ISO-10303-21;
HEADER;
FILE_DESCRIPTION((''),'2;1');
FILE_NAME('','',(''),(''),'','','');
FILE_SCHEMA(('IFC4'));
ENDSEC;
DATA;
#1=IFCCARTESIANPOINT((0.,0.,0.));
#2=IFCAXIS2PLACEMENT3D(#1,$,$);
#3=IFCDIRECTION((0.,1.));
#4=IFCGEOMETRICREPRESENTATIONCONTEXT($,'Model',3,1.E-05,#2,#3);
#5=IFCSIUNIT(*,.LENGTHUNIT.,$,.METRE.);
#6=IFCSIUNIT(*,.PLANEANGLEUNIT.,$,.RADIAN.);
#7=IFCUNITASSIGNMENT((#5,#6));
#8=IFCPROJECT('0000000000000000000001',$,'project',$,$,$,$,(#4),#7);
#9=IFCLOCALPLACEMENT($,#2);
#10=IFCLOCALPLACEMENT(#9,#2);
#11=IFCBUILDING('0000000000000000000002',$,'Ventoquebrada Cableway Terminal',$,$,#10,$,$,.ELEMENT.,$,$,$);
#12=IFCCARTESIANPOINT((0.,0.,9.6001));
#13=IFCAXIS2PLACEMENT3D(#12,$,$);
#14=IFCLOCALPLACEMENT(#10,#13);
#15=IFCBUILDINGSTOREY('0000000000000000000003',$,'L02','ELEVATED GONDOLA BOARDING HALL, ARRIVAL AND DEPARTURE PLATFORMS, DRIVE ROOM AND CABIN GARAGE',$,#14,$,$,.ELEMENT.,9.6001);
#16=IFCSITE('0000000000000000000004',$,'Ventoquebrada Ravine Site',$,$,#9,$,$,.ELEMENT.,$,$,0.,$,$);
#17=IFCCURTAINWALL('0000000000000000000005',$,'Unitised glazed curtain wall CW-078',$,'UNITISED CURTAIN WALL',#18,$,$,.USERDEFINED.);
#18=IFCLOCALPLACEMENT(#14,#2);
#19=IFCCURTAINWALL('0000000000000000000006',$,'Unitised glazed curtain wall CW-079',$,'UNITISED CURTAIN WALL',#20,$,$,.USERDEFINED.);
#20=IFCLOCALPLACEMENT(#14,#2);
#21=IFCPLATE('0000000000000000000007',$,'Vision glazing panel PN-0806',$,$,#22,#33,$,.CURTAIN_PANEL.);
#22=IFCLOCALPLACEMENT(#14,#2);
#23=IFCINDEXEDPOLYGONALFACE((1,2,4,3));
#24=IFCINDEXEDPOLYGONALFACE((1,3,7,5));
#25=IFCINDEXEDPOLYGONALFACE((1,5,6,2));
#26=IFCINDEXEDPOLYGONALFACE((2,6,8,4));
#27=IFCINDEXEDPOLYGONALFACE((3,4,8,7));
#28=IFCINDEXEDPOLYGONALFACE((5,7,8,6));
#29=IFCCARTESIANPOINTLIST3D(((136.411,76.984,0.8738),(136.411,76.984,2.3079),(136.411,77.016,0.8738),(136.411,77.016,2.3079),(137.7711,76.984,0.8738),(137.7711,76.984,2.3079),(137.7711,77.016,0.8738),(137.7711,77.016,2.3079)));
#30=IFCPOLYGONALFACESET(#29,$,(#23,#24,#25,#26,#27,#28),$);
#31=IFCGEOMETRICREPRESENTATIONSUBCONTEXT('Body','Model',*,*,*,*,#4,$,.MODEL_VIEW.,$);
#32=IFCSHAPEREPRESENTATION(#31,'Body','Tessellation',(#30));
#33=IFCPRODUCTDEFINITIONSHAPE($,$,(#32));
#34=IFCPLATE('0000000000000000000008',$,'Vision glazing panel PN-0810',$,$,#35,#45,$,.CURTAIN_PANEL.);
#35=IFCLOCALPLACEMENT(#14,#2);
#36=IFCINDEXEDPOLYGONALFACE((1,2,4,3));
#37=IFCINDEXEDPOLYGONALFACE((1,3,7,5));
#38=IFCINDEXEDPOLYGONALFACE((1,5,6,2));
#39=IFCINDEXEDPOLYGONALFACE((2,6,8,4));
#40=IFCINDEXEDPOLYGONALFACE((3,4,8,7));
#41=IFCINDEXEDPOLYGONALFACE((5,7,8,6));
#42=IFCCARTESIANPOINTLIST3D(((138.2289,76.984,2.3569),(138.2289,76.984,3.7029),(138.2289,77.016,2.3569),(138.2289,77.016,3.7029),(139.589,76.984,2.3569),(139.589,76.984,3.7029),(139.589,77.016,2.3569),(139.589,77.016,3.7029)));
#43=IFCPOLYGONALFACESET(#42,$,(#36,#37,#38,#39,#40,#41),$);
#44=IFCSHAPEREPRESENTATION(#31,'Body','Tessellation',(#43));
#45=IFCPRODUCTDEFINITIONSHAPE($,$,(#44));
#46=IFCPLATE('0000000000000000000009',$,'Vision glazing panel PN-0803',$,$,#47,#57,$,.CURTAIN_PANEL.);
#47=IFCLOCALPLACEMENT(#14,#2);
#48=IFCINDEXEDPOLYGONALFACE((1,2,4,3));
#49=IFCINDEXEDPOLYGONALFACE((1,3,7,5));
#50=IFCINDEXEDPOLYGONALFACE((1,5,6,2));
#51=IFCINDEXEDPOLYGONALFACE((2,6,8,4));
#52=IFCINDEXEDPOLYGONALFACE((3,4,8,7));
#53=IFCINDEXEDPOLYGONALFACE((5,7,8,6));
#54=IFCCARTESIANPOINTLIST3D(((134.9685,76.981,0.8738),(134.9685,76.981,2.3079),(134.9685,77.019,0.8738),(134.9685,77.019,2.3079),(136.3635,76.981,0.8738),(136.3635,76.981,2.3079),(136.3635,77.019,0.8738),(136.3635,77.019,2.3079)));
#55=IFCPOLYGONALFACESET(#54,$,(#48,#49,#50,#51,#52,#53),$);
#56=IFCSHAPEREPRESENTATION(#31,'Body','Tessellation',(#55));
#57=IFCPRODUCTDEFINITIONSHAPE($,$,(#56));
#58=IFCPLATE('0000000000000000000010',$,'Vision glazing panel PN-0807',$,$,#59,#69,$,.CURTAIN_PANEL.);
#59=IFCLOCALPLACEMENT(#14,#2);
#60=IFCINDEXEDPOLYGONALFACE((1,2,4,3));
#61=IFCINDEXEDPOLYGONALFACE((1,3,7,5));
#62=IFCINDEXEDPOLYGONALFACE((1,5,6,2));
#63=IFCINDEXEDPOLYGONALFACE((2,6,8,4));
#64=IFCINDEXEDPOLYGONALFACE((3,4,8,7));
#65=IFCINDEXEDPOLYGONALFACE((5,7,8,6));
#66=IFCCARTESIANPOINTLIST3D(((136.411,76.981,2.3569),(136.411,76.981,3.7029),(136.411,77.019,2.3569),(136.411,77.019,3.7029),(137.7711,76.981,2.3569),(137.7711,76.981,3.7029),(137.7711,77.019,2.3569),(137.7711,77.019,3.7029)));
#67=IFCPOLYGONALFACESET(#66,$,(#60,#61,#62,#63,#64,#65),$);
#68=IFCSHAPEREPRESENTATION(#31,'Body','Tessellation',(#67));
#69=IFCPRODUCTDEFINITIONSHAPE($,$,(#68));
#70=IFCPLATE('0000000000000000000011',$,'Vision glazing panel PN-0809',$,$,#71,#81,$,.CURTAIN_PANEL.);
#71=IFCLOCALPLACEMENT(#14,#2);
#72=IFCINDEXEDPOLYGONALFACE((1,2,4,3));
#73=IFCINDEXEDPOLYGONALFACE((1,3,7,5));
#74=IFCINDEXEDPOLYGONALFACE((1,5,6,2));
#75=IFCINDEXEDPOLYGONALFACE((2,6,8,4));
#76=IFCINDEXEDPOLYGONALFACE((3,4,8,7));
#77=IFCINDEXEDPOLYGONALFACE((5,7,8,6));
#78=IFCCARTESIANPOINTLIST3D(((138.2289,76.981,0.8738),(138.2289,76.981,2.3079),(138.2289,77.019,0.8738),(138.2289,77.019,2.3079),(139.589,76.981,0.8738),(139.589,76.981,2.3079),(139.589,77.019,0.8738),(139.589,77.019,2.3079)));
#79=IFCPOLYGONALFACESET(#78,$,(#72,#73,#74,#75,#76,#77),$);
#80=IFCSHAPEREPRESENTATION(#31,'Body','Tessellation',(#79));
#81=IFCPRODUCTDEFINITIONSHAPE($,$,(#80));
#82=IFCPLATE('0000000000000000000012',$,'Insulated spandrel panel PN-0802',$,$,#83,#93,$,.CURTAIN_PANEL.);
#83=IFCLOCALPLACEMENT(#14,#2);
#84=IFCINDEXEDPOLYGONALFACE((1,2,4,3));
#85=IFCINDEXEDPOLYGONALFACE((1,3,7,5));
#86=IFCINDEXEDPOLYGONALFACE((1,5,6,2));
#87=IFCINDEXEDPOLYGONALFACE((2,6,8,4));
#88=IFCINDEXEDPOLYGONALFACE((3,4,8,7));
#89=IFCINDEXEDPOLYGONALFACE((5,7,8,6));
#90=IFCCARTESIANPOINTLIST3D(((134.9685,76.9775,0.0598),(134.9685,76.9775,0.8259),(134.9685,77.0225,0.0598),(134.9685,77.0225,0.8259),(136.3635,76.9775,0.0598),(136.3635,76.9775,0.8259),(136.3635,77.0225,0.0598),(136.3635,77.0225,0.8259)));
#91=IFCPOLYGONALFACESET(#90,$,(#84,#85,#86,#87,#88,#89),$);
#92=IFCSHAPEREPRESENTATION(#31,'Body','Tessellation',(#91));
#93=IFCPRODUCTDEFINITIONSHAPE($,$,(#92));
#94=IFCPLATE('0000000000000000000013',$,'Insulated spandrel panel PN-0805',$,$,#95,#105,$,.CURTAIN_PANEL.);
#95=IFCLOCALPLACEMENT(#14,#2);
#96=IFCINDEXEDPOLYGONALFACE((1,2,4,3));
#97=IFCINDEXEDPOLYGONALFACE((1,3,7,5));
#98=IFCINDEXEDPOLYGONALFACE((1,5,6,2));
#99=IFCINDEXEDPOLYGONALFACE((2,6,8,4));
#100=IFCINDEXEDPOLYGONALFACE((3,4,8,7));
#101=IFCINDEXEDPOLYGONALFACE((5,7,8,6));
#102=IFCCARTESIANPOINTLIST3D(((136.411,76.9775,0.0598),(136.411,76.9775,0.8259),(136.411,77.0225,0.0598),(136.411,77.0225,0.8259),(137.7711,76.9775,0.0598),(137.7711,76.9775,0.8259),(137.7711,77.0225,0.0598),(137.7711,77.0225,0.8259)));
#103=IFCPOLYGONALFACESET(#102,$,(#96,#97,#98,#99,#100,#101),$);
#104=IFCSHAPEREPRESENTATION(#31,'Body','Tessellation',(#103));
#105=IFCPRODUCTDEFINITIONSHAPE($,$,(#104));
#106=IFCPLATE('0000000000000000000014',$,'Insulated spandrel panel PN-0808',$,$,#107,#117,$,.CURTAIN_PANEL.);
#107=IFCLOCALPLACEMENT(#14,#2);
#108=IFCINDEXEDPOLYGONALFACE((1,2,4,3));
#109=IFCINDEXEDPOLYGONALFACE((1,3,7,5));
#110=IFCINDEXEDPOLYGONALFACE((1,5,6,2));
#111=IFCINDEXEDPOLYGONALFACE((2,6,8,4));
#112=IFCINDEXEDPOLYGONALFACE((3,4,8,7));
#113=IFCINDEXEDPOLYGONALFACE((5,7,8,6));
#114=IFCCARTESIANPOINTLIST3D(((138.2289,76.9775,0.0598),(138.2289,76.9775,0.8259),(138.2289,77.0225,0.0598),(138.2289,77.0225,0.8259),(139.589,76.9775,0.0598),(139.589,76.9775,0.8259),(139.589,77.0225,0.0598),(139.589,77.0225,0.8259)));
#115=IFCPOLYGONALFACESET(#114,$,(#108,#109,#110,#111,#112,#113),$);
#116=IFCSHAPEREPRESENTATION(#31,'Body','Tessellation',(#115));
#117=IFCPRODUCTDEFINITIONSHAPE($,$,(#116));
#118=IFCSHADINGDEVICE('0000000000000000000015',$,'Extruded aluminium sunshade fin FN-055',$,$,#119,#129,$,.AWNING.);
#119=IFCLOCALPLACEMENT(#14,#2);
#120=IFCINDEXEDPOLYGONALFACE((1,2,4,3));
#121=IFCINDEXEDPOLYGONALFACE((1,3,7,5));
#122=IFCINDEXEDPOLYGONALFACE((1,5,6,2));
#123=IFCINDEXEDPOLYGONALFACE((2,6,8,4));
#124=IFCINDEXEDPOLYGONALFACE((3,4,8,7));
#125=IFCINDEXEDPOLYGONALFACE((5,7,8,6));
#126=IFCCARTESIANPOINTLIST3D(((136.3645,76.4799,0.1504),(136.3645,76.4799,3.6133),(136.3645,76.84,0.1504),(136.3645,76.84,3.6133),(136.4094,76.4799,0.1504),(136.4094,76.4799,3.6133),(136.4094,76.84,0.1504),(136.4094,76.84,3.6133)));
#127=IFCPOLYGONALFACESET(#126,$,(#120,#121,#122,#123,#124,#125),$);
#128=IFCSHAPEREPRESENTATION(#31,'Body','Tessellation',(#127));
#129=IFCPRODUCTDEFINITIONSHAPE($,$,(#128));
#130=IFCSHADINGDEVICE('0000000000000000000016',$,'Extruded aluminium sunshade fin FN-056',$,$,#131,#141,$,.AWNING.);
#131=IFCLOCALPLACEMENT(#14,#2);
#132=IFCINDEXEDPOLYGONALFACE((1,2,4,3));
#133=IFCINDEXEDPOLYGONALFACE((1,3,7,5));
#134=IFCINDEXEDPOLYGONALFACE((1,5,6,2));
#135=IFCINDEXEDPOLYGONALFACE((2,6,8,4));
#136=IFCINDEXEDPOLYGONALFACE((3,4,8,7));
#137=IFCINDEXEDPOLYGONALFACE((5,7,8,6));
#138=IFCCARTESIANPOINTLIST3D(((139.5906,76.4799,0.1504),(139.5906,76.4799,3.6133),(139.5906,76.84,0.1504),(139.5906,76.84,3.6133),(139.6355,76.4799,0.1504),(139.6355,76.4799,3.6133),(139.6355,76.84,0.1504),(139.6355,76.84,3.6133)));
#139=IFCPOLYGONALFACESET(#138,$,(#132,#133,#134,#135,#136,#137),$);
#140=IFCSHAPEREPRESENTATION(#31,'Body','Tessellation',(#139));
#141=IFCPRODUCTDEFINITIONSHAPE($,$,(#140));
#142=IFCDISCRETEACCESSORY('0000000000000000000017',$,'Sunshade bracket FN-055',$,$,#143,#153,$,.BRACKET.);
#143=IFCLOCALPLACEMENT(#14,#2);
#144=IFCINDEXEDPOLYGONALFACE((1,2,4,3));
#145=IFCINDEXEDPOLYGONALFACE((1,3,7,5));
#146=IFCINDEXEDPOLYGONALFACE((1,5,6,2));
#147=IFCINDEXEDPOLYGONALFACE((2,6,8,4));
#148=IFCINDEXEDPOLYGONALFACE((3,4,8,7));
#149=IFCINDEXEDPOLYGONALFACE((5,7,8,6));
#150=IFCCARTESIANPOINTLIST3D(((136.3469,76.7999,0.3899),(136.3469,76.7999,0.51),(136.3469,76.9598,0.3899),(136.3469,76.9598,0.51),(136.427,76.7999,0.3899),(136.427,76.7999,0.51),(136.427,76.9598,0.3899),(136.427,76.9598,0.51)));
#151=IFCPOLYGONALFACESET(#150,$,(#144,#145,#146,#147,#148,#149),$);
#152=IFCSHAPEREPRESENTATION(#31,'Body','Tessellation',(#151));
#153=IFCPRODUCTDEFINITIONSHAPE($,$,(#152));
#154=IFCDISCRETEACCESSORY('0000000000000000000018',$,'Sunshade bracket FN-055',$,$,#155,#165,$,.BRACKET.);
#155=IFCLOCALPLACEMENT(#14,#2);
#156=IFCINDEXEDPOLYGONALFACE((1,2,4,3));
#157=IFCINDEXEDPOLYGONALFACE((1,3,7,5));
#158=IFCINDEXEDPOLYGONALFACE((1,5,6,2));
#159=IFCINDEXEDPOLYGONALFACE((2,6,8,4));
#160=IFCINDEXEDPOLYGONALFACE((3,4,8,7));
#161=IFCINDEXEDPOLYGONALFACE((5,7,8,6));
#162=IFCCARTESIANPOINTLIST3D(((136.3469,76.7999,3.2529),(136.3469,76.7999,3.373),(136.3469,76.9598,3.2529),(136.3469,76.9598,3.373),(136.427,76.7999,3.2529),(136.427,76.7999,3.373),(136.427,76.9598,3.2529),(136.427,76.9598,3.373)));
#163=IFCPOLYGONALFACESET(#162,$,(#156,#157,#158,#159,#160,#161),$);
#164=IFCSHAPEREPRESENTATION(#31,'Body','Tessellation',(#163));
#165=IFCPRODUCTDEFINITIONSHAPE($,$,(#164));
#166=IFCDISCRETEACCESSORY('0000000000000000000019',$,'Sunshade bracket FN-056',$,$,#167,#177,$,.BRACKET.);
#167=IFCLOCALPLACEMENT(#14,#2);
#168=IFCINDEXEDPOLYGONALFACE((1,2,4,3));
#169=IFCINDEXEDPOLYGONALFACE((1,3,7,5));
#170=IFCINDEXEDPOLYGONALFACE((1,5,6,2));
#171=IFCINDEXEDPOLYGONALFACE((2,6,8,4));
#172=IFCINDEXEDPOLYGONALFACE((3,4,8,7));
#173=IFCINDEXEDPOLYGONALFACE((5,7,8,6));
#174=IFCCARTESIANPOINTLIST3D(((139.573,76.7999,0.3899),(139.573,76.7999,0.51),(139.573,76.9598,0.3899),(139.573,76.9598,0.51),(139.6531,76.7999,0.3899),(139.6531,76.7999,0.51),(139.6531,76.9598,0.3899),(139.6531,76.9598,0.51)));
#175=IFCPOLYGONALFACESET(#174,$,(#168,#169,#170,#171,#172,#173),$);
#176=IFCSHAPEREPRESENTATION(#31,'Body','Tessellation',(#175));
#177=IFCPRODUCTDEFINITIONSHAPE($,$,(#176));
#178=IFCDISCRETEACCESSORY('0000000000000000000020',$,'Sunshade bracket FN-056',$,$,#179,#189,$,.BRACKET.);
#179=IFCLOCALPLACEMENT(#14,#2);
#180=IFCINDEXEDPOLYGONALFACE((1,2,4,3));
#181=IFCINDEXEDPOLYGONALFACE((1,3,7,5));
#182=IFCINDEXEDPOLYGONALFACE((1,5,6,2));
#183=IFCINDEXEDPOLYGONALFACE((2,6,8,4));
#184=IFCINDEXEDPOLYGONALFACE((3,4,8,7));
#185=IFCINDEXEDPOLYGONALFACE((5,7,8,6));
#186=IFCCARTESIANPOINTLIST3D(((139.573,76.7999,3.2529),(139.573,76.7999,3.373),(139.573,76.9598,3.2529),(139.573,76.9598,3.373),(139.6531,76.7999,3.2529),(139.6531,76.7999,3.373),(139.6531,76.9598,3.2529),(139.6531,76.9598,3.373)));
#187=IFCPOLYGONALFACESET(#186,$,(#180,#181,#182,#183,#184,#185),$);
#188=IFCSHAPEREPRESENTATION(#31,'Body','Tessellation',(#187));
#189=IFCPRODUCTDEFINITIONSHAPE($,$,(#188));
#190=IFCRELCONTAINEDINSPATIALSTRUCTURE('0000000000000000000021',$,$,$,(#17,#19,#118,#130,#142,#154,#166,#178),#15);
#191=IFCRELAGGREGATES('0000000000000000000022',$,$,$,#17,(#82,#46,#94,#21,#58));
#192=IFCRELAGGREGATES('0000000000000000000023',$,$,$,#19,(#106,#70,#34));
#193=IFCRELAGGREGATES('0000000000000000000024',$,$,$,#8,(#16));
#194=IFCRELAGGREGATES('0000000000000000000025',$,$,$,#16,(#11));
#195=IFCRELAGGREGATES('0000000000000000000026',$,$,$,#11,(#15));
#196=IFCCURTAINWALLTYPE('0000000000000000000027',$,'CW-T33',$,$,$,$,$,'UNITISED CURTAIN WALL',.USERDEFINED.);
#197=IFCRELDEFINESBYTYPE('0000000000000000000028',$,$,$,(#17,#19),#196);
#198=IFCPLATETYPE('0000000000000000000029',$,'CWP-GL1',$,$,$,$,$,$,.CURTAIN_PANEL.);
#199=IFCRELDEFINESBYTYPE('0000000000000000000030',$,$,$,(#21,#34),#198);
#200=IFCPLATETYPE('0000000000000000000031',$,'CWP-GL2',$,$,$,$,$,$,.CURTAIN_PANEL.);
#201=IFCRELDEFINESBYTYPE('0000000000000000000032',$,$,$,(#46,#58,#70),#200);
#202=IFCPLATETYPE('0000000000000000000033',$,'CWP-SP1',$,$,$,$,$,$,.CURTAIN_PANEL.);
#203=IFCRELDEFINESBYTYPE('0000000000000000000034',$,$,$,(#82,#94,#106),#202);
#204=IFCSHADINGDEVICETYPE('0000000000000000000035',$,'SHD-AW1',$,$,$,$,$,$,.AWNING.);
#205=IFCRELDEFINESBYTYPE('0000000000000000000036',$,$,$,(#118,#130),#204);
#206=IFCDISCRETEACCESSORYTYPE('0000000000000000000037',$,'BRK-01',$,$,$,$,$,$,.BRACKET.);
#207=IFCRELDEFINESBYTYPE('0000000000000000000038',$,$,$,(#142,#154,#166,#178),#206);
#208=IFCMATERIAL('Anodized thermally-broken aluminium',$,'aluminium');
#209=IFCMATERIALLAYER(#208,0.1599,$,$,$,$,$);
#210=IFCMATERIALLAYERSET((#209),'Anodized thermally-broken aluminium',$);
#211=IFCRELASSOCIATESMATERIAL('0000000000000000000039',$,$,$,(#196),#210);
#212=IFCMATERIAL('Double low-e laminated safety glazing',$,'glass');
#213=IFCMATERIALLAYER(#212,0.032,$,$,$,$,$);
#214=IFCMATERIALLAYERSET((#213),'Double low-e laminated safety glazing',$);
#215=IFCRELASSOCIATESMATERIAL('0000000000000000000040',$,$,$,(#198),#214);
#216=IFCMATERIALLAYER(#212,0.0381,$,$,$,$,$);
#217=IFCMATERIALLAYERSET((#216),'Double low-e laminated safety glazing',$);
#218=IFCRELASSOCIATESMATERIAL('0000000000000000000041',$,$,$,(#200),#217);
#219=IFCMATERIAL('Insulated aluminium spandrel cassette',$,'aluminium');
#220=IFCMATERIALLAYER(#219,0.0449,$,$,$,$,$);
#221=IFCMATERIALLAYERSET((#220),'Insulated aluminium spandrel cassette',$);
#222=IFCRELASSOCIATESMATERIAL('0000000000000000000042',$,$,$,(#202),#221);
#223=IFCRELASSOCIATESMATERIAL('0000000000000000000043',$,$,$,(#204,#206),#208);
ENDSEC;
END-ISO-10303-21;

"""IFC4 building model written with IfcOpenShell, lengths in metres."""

from ifc_helpers import new_model, si_unit, direction, frame, origin, origin_2d, place, context, subcontext, project, spatial, rectangle, extrude, material, layer, layer_set, type_object, element, aggregate, save


model = new_model("IFC4")

# Units and contexts
model_context = context("Model", 3, precision=1e-05, world=origin(), true_north=direction((0.0, 1.0)))
body_context = subcontext(model_context, "Body", "Model", "MODEL_VIEW")
ifc_project = project(units=[si_unit("LENGTHUNIT", "METRE"), si_unit("PLANEANGLEUNIT", "RADIAN")], contexts=[model_context])

# Site, building, storey
site_placement = place(None, origin())
site = spatial("IfcSite", under=ifc_project, at=site_placement, Name="Ventoquebrada Ravine Site", CompositionType="ELEMENT", RefElevation=0.0)
building_placement = place(site_placement, origin())
building = spatial("IfcBuilding", under=site, at=building_placement, Name="Ventoquebrada Cableway Terminal", CompositionType="ELEMENT")
storey_placement = place(building_placement, frame((0.0, 0.0, 9.6001)))
storey = spatial("IfcBuildingStorey", under=building, at=storey_placement, Name="L02", Description="ELEVATED GONDOLA BOARDING HALL, ARRIVAL AND DEPARTURE PLATFORMS, DRIVE ROOM AND CABIN GARAGE", CompositionType="ELEMENT", Elevation=9.6001)

# Curtain walls
ifc_material_1 = material(Name="Anodized thermally-broken aluminium", Category="aluminium")
ifc_layer_1 = layer(ifc_material_1, 0.1599)
ifc_layer_set_1 = layer_set([ifc_layer_1], Name="Anodized thermally-broken aluminium")
curtain_wall_type = type_object("IfcCurtainWallType", Name="CW-T33", ElementType="UNITISED CURTAIN WALL", PredefinedType="USERDEFINED", material=ifc_layer_set_1)
curtain_wall_1_placement = place(storey_placement, origin())
curtain_wall_1 = element("IfcCurtainWall", 1, at=curtain_wall_1_placement, inside=storey, type_object=curtain_wall_type, Name="Unitised glazed curtain wall CW-078", ObjectType="UNITISED CURTAIN WALL", PredefinedType="USERDEFINED")
curtain_wall_2_placement = place(storey_placement, origin())
curtain_wall_2 = element("IfcCurtainWall", 2, at=curtain_wall_2_placement, inside=storey, type_object=curtain_wall_type, Name="Unitised glazed curtain wall CW-079", ObjectType="UNITISED CURTAIN WALL", PredefinedType="USERDEFINED")

# Plates
ifc_material_2 = material(Name="Double low-e laminated safety glazing", Category="glass")
ifc_layer_2 = layer(ifc_material_2, 0.032)
ifc_layer_set_2 = layer_set([ifc_layer_2], Name="Double low-e laminated safety glazing")
plate_type_1 = type_object("IfcPlateType", Name="CWP-GL1", PredefinedType="CURTAIN_PANEL", material=ifc_layer_set_2)
plate_1_placement = place(storey_placement, frame((137.0911, 77.0, 0.8738), z_axis=(0.0, 0.0, 1.0), x_axis=(1.0, 0.0, 0.0)))
plate_1 = element("IfcPlate", 3, at=plate_1_placement, type_object=plate_type_1, Name="Vision glazing panel PN-0806", PredefinedType="CURTAIN_PANEL", context=body_context, shape_type="SweptSolid", body=[
    extrude(rectangle(XDim=1.3601, YDim=0.032, at=origin_2d()), origin(), (0.0, 0.0, 1.0), 1.4341),
])
plate_2_placement = place(storey_placement, frame((138.9089, 77.0, 2.3569), z_axis=(0.0, 0.0, 1.0), x_axis=(1.0, 0.0, 0.0)))
plate_2 = element("IfcPlate", 4, at=plate_2_placement, type_object=plate_type_1, Name="Vision glazing panel PN-0810", PredefinedType="CURTAIN_PANEL", context=body_context, shape_type="SweptSolid", body=[
    extrude(rectangle(XDim=1.3601, YDim=0.032, at=origin_2d()), origin(), (0.0, 0.0, 1.0), 1.3459),
])
ifc_layer_3 = layer(ifc_material_2, 0.0381)
ifc_layer_set_3 = layer_set([ifc_layer_3], Name="Double low-e laminated safety glazing")
plate_type_2 = type_object("IfcPlateType", Name="CWP-GL2", PredefinedType="CURTAIN_PANEL", material=ifc_layer_set_3)
plate_3_placement = place(storey_placement, frame((135.666, 77.0, 0.8738), z_axis=(0.0, 0.0, 1.0), x_axis=(1.0, 0.0, 0.0)))
plate_3 = element("IfcPlate", 5, at=plate_3_placement, type_object=plate_type_2, Name="Vision glazing panel PN-0803", PredefinedType="CURTAIN_PANEL", context=body_context, shape_type="SweptSolid", body=[
    extrude(rectangle(XDim=1.395, YDim=0.0381, at=origin_2d()), origin(), (0.0, 0.0, 1.0), 1.4341),
])
plate_4_placement = place(storey_placement, frame((137.0911, 77.0, 2.3569), z_axis=(0.0, 0.0, 1.0), x_axis=(1.0, 0.0, 0.0)))
plate_4 = element("IfcPlate", 6, at=plate_4_placement, type_object=plate_type_2, Name="Vision glazing panel PN-0807", PredefinedType="CURTAIN_PANEL", context=body_context, shape_type="SweptSolid", body=[
    extrude(rectangle(XDim=1.3601, YDim=0.0381, at=origin_2d()), origin(), (0.0, 0.0, 1.0), 1.3459),
])
plate_5_placement = place(storey_placement, frame((138.9089, 77.0, 0.8738), z_axis=(0.0, 0.0, 1.0), x_axis=(1.0, 0.0, 0.0)))
plate_5 = element("IfcPlate", 7, at=plate_5_placement, type_object=plate_type_2, Name="Vision glazing panel PN-0809", PredefinedType="CURTAIN_PANEL", context=body_context, shape_type="SweptSolid", body=[
    extrude(rectangle(XDim=1.3601, YDim=0.0381, at=origin_2d()), origin(), (0.0, 0.0, 1.0), 1.4341),
])
ifc_material_3 = material(Name="Insulated aluminium spandrel cassette", Category="aluminium")
ifc_layer_4 = layer(ifc_material_3, 0.0449)
ifc_layer_set_4 = layer_set([ifc_layer_4], Name="Insulated aluminium spandrel cassette")
plate_type_3 = type_object("IfcPlateType", Name="CWP-SP1", PredefinedType="CURTAIN_PANEL", material=ifc_layer_set_4)
plate_6_placement = place(storey_placement, frame((135.666, 77.0, 0.0598), z_axis=(0.0, 0.0, 1.0), x_axis=(1.0, 0.0, 0.0)))
plate_6 = element("IfcPlate", 8, at=plate_6_placement, type_object=plate_type_3, Name="Insulated spandrel panel PN-0802", PredefinedType="CURTAIN_PANEL", context=body_context, shape_type="SweptSolid", body=[
    extrude(rectangle(XDim=1.395, YDim=0.0449, at=origin_2d()), origin(), (0.0, 0.0, 1.0), 0.7661),
])
plate_7_placement = place(storey_placement, frame((137.0911, 77.0, 0.0598), z_axis=(0.0, 0.0, 1.0), x_axis=(1.0, 0.0, 0.0)))
plate_7 = element("IfcPlate", 9, at=plate_7_placement, type_object=plate_type_3, Name="Insulated spandrel panel PN-0805", PredefinedType="CURTAIN_PANEL", context=body_context, shape_type="SweptSolid", body=[
    extrude(rectangle(XDim=1.3601, YDim=0.0449, at=origin_2d()), origin(), (0.0, 0.0, 1.0), 0.7661),
])
aggregate(curtain_wall_1, [plate_6, plate_3, plate_7, plate_1, plate_4])
plate_8_placement = place(storey_placement, frame((138.9089, 77.0, 0.0598), z_axis=(0.0, 0.0, 1.0), x_axis=(1.0, 0.0, 0.0)))
plate_8 = element("IfcPlate", 10, at=plate_8_placement, type_object=plate_type_3, Name="Insulated spandrel panel PN-0808", PredefinedType="CURTAIN_PANEL", context=body_context, shape_type="SweptSolid", body=[
    extrude(rectangle(XDim=1.3601, YDim=0.0449, at=origin_2d()), origin(), (0.0, 0.0, 1.0), 0.7661),
])
aggregate(curtain_wall_2, [plate_8, plate_5, plate_2])

# Shading devices
shading_device_type = type_object("IfcShadingDeviceType", Name="SHD-AW1", PredefinedType="AWNING", material=ifc_material_1)
for number, where, z_axis, x_axis, name in (
    (11, (136.387, 76.6599, 0.1504), (0.0, 0.0, 1.0), (1.0, 0.0, 0.0), "Extruded aluminium sunshade fin FN-055"),
    (12, (139.613, 76.6599, 0.1504), (0.0, 0.0, 1.0), (1.0, 0.0, 0.0), "Extruded aluminium sunshade fin FN-056"),
):
    element("IfcShadingDevice", number, at=place(storey_placement, frame(where, z_axis=z_axis, x_axis=x_axis)), inside=storey, type_object=shading_device_type, Name=name, PredefinedType="AWNING", context=body_context, shape_type="SweptSolid", body=[
        extrude(rectangle(XDim=0.0449, YDim=0.3601, at=origin_2d()), origin(), (0.0, 0.0, 1.0), 3.4629),
    ])

# Discrete accessories
discrete_accessory_type = type_object("IfcDiscreteAccessoryType", Name="BRK-01", PredefinedType="BRACKET", material=ifc_material_1)
for number, where, z_axis, x_axis, name in (
    (13, (136.387, 76.8799, 0.3899), (0.0, 0.0, 1.0), (1.0, 0.0, 0.0), "Sunshade bracket FN-055"),
    (14, (136.387, 76.8799, 3.2529), (0.0, 0.0, 1.0), (1.0, 0.0, 0.0), "Sunshade bracket FN-055"),
    (15, (139.613, 76.8799, 0.3899), (0.0, 0.0, 1.0), (1.0, 0.0, 0.0), "Sunshade bracket FN-056"),
    (16, (139.613, 76.8799, 3.2529), (0.0, 0.0, 1.0), (1.0, 0.0, 0.0), "Sunshade bracket FN-056"),
):
    element("IfcDiscreteAccessory", number, at=place(storey_placement, frame(where, z_axis=z_axis, x_axis=x_axis)), inside=storey, type_object=discrete_accessory_type, Name=name, PredefinedType="BRACKET", context=body_context, shape_type="SweptSolid", body=[
        extrude(rectangle(XDim=0.0801, YDim=0.1599, at=origin_2d()), origin(), (0.0, 0.0, 1.0), 0.1201),
    ])

save(model, "model.ifc")
